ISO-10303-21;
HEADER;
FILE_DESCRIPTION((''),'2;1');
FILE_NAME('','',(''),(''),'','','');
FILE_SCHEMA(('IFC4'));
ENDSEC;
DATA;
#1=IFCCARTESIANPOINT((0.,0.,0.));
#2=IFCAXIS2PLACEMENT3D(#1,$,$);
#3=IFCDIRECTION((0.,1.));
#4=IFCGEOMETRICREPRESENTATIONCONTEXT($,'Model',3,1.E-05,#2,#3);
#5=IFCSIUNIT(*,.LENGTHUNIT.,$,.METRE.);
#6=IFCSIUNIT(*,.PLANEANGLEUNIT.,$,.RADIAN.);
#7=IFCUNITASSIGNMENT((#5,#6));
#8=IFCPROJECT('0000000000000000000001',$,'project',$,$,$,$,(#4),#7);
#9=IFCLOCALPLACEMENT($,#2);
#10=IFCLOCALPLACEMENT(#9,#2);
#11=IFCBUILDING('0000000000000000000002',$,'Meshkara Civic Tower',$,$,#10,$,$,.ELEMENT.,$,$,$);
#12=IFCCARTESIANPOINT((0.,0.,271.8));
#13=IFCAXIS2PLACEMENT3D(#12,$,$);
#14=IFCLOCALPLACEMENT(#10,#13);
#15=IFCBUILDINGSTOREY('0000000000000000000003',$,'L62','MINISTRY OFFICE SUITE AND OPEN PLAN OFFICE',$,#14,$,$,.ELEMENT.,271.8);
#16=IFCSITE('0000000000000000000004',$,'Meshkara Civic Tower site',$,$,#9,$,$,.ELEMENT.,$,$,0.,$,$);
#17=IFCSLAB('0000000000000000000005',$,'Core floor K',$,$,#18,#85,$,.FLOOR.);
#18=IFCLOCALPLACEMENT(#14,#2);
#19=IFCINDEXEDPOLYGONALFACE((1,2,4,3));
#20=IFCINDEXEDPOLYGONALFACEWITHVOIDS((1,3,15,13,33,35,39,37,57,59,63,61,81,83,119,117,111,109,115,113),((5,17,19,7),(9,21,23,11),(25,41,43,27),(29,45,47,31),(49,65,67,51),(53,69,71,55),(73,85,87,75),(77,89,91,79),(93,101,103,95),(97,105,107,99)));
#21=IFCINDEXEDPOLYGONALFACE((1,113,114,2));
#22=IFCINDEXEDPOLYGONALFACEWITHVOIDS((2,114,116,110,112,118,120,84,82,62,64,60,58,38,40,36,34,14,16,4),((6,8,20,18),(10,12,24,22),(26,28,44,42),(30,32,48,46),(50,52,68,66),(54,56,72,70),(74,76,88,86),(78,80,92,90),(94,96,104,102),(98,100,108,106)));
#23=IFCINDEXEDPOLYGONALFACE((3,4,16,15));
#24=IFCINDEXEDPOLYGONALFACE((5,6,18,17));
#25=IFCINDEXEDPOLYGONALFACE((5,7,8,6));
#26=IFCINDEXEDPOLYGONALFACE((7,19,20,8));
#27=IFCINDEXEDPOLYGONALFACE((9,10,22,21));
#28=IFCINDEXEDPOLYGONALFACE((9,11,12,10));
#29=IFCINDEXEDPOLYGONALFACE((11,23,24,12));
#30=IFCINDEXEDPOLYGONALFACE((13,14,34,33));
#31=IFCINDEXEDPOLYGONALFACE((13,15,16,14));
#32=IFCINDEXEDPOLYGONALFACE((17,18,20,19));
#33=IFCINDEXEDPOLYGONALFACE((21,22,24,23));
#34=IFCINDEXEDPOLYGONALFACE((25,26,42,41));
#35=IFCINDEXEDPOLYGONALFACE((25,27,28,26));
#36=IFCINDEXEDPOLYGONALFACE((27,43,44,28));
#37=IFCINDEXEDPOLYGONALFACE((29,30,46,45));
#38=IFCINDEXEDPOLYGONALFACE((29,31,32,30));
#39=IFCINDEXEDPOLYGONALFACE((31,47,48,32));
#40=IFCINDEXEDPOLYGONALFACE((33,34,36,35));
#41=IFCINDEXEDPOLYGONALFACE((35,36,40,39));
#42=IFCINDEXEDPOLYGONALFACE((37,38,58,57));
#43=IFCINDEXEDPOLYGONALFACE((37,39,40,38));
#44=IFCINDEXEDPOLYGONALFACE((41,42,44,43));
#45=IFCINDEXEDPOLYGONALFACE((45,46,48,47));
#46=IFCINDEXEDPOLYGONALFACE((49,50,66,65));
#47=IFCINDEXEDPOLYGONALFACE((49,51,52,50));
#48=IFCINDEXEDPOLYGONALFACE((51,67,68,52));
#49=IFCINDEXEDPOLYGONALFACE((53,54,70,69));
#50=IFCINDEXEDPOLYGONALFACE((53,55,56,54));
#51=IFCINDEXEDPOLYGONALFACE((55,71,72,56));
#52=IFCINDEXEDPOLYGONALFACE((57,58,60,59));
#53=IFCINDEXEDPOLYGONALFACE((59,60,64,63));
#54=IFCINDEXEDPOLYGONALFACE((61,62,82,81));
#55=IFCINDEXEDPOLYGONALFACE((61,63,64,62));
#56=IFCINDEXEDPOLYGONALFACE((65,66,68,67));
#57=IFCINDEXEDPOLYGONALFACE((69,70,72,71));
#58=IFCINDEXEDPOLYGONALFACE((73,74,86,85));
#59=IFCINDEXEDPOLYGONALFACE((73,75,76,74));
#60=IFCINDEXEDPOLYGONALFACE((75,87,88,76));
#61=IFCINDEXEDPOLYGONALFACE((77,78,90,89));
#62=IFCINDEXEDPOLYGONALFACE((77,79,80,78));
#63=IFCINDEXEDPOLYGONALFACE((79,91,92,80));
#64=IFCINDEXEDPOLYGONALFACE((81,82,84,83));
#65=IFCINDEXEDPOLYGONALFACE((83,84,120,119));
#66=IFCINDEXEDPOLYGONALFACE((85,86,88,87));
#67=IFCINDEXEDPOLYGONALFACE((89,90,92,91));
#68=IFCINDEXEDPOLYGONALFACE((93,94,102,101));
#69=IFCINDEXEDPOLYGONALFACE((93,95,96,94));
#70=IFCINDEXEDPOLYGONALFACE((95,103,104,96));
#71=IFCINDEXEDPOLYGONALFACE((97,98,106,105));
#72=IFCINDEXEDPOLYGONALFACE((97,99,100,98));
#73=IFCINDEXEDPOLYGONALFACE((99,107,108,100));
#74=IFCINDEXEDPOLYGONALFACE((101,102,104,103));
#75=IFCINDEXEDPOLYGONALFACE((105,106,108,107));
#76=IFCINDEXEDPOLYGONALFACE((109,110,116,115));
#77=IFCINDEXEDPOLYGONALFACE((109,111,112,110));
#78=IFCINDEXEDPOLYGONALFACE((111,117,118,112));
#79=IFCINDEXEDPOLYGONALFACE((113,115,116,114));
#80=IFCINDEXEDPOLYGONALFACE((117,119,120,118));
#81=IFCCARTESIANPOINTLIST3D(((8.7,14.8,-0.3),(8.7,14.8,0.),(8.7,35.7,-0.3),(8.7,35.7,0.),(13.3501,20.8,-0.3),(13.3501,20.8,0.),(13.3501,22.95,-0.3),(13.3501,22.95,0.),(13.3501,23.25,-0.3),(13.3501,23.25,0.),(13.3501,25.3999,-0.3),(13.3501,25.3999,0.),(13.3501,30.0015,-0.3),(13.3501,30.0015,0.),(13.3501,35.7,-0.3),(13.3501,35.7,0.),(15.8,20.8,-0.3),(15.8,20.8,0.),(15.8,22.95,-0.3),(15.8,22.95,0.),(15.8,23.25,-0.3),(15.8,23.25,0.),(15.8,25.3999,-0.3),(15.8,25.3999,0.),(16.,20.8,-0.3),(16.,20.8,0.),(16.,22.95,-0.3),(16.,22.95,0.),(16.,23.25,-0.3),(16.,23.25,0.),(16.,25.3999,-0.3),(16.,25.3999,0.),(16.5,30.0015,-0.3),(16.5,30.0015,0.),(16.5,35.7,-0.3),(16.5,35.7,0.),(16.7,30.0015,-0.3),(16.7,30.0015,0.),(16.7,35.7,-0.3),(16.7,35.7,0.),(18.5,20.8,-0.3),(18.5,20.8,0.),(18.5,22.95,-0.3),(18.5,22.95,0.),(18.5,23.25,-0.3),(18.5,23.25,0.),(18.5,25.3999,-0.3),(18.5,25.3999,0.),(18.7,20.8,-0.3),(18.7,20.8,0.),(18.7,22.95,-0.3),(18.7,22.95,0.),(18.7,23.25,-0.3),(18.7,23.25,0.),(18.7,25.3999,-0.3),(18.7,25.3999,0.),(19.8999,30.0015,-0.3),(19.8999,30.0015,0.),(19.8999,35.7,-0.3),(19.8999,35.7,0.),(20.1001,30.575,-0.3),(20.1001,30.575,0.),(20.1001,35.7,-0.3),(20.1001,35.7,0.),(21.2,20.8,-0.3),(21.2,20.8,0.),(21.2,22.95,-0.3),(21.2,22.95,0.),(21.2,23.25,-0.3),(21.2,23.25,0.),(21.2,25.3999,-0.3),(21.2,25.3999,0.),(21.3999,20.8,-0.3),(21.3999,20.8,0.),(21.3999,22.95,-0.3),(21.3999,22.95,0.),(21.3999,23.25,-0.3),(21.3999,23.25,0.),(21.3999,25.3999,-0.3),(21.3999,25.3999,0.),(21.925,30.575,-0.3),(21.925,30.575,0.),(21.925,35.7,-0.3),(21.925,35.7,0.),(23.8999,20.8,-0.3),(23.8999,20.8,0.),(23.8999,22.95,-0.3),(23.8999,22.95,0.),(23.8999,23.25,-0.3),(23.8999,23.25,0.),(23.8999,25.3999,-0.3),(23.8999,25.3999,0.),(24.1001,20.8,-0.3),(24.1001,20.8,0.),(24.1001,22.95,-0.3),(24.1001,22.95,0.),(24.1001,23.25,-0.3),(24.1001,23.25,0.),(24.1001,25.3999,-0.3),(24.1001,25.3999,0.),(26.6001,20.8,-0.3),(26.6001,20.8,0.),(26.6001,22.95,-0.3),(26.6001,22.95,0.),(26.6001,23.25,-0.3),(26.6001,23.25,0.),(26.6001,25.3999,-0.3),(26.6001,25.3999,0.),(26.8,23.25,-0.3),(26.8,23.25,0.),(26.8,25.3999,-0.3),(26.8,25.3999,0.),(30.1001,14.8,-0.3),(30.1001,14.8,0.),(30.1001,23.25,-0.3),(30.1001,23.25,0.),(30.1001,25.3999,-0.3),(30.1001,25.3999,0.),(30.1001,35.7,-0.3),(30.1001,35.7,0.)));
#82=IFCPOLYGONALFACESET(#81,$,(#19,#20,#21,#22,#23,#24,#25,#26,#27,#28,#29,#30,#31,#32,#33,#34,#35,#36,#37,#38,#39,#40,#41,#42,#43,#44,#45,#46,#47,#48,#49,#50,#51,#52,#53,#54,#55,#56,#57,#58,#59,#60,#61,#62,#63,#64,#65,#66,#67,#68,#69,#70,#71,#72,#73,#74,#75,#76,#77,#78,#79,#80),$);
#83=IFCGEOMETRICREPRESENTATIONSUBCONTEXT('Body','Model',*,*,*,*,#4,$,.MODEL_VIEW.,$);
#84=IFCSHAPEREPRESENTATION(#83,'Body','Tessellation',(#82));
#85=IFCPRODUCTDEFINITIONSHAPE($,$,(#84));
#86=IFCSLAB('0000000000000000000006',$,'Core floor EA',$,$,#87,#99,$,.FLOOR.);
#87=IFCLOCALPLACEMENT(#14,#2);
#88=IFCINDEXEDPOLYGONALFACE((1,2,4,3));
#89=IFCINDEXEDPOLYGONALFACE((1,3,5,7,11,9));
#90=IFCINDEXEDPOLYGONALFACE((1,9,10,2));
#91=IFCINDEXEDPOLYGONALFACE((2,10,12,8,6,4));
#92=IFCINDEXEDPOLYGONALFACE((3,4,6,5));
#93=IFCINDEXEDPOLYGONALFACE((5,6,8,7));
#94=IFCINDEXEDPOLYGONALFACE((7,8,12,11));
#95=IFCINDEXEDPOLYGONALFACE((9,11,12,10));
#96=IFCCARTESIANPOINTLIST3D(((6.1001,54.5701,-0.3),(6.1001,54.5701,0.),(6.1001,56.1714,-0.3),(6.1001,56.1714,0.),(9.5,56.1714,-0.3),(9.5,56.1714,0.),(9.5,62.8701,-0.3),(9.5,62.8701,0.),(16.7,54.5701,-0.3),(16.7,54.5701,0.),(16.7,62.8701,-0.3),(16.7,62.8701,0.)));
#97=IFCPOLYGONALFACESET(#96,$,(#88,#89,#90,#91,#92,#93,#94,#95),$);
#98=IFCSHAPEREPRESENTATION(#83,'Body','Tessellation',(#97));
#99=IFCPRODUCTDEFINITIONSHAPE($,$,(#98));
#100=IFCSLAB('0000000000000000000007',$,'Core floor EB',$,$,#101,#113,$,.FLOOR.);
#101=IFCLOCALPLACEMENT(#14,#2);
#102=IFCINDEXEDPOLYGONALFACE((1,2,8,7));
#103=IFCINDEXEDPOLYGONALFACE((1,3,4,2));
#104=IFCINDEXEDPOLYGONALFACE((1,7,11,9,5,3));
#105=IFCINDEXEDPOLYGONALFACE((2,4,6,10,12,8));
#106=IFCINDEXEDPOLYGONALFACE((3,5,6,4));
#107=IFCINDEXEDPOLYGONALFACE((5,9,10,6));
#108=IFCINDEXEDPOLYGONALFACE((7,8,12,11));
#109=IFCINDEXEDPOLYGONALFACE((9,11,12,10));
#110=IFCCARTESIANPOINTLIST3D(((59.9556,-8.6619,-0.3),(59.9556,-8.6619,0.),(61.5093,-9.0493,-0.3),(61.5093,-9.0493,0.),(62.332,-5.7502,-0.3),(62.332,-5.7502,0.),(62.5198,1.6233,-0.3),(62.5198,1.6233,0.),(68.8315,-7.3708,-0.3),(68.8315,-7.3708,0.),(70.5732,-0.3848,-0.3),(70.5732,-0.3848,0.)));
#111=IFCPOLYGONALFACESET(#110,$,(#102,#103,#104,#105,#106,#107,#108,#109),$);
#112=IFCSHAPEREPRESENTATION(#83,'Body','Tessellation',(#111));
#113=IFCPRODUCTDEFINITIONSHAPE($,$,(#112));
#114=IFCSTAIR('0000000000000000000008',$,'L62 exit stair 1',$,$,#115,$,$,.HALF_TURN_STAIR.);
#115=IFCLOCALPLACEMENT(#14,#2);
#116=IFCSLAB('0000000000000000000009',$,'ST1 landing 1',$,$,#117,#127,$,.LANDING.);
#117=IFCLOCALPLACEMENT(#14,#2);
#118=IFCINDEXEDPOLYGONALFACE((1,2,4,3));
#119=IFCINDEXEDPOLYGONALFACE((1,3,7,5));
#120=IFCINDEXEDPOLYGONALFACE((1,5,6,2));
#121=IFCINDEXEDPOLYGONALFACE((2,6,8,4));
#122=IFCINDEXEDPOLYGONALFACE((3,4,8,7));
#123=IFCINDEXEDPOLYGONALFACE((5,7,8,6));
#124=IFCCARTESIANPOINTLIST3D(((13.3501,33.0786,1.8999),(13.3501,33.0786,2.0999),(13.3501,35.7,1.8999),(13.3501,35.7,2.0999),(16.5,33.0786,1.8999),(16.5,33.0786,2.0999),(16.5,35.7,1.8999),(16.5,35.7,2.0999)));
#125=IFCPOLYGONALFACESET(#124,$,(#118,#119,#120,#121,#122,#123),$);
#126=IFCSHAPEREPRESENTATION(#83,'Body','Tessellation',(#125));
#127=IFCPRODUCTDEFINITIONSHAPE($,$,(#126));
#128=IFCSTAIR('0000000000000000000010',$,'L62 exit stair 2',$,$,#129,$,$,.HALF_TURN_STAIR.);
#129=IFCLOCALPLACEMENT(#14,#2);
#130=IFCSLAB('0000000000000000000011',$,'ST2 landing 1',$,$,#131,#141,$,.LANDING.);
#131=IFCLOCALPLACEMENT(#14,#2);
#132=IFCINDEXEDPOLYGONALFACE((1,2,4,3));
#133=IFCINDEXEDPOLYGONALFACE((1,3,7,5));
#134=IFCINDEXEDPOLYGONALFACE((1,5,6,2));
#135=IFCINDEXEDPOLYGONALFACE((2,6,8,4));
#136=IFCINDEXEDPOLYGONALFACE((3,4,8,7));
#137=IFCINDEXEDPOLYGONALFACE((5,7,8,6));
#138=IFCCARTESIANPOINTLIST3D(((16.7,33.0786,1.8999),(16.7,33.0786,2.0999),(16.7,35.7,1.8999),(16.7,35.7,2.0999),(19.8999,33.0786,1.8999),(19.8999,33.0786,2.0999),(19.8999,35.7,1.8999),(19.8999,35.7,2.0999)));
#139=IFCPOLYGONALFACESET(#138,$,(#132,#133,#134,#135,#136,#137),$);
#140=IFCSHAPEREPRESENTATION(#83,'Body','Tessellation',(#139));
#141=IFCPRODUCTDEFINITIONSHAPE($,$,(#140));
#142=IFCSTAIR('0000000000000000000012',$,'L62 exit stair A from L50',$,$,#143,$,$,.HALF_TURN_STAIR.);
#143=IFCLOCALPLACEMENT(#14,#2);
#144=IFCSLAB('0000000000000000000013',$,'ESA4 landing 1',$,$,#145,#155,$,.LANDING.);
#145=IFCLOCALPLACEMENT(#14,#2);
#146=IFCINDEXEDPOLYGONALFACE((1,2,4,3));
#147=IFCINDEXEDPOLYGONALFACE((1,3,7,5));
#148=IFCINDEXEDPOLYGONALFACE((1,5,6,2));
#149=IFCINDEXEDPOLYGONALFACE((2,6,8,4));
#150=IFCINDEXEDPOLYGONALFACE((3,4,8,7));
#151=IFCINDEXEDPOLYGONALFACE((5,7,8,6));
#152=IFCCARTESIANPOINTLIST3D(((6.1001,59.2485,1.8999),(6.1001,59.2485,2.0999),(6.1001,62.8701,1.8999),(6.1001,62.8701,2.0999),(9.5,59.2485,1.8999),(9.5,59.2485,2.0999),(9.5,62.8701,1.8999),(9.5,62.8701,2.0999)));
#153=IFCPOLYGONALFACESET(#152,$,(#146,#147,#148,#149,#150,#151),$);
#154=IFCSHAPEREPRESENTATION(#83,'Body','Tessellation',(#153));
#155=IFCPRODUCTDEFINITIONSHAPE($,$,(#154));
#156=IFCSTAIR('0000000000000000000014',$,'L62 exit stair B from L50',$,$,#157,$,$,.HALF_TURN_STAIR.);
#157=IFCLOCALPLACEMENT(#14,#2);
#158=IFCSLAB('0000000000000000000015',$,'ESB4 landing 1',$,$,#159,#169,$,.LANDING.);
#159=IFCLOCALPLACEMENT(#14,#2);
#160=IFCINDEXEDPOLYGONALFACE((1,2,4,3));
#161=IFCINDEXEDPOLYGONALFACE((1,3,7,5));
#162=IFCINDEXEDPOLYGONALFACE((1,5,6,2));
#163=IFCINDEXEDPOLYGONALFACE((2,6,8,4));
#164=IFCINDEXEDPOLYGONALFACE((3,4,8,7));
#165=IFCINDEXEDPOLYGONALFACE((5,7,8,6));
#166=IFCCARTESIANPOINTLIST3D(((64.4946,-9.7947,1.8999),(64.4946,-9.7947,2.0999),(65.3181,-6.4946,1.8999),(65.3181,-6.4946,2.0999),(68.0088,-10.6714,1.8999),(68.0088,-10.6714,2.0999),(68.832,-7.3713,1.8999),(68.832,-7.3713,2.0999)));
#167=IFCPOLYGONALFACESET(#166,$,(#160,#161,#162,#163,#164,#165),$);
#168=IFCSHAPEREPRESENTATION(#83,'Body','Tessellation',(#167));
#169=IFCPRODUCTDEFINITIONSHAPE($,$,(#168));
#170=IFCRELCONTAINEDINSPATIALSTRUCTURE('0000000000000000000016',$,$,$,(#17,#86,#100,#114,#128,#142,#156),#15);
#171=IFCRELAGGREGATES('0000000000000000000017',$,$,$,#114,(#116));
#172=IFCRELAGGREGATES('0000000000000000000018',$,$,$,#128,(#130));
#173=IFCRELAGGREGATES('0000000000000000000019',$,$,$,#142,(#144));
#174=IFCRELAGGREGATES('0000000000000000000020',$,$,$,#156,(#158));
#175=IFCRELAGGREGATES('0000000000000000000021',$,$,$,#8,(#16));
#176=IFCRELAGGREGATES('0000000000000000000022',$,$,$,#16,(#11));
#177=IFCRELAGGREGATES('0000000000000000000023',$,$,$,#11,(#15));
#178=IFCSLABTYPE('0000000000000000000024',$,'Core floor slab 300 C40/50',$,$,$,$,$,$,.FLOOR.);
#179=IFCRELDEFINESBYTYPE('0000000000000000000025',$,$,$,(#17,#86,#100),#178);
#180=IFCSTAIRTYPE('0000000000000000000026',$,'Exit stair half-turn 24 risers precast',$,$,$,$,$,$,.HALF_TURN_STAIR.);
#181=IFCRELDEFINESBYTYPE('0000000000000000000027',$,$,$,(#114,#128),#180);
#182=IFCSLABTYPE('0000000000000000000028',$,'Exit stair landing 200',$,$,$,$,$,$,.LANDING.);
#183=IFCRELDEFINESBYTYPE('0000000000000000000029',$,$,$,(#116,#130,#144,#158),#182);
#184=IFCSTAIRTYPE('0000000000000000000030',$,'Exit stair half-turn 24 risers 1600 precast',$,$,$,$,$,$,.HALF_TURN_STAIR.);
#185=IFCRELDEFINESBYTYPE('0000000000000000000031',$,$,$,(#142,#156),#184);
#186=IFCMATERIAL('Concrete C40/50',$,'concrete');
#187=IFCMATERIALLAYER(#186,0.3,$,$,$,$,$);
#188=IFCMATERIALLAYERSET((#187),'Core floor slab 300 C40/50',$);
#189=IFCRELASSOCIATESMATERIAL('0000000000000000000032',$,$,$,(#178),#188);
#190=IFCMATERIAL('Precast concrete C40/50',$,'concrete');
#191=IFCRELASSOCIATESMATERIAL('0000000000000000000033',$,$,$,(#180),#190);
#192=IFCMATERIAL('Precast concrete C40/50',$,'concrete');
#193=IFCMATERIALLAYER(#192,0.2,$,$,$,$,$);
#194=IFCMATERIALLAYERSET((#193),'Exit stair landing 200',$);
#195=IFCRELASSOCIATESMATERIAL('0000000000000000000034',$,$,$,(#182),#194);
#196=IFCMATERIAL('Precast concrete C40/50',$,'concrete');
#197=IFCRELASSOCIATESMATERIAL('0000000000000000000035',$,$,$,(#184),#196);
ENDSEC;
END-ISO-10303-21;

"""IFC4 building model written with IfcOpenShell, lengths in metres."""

from ifc_helpers import new_model, si_unit, direction, frame, origin, place, context, subcontext, project, spatial, polyline, outline, extrude, material, layer, layer_set, type_object, element, aggregate, save


model = new_model("IFC4")

# Units and contexts
model_context = context("Model", 3, precision=1e-05, world=origin(), true_north=direction((0.0, 1.0)))
body_context = subcontext(model_context, "Body", "Model", "MODEL_VIEW")
ifc_project = project(units=[si_unit("LENGTHUNIT", "METRE"), si_unit("PLANEANGLEUNIT", "RADIAN")], contexts=[model_context])

# Site, building, storey
site_placement = place(None, origin())
site = spatial("IfcSite", under=ifc_project, at=site_placement, Name="Meshkara Civic Tower site", CompositionType="ELEMENT", RefElevation=0.0)
building_placement = place(site_placement, origin())
building = spatial("IfcBuilding", under=site, at=building_placement, Name="Meshkara Civic Tower", CompositionType="ELEMENT")
storey_placement = place(building_placement, frame((0.0, 0.0, 271.8)))
storey = spatial("IfcBuildingStorey", under=building, at=storey_placement, Name="L62", Description="MINISTRY OFFICE SUITE AND OPEN PLAN OFFICE", CompositionType="ELEMENT", Elevation=271.8)

# Slabs
ifc_material_1 = material(Name="Concrete C40/50", Category="concrete")
ifc_layer_1 = layer(ifc_material_1, 0.3)
ifc_layer_set_1 = layer_set([ifc_layer_1], Name="Core floor slab 300 C40/50")
slab_type_1 = type_object("IfcSlabType", Name="Core floor slab 300 C40/50", PredefinedType="FLOOR", material=ifc_layer_set_1)
slab_1_placement = place(storey_placement, frame((0.0, 0.0, -0.3)))
element("IfcSlab", 1, at=slab_1_placement, inside=storey, type_object=slab_type_1, Name="Core floor K", PredefinedType="FLOOR", context=body_context, shape_type="SweptSolid", body=[
    extrude(outline(polyline([(8.7, 35.7), (13.3501, 35.7), (13.3501, 30.0015), (16.5, 30.0015), (16.5, 35.7), (16.7, 35.7), (16.7, 30.0015), (19.8999, 30.0015), (19.8999, 35.7), (20.1001, 35.7), (20.1001, 30.575), (21.925, 30.575), (21.925, 35.7), (30.1001, 35.7), (30.1001, 25.3999), (26.8, 25.3999), (26.8, 23.25), (30.1001, 23.25), (30.1001, 14.8), (8.7, 14.8), (8.7, 35.7)]), holes=[polyline([(15.8, 22.95), (13.3501, 22.95), (13.3501, 20.8), (15.8, 20.8), (15.8, 22.95)]), polyline([(16.0, 22.95), (16.0, 20.8), (18.5, 20.8), (18.5, 22.95), (16.0, 22.95)]), polyline([(18.7, 22.95), (18.7, 20.8), (21.2, 20.8), (21.2, 22.95), (18.7, 22.95)]), polyline([(15.8, 23.25), (15.8, 25.3999), (13.3501, 25.3999), (13.3501, 23.25), (15.8, 23.25)]), polyline([(16.0, 25.3999), (16.0, 23.25), (18.5, 23.25), (18.5, 25.3999), (16.0, 25.3999)]), polyline([(23.8999, 20.8), (23.8999, 22.95), (21.3999, 22.95), (21.3999, 20.8), (23.8999, 20.8)]), polyline([(24.1001, 20.8), (26.6001, 20.8), (26.6001, 22.95), (24.1001, 22.95), (24.1001, 20.8)]), polyline([(18.7, 25.3999), (18.7, 23.25), (21.2, 23.25), (21.2, 25.3999), (18.7, 25.3999)]), polyline([(21.3999, 23.25), (23.8999, 23.25), (23.8999, 25.3999), (21.3999, 25.3999), (21.3999, 23.25)]), polyline([(26.6001, 23.25), (26.6001, 25.3999), (24.1001, 25.3999), (24.1001, 23.25), (26.6001, 23.25)])]), origin(), (0.0, 0.0, 1.0), 0.3),
])
slab_2_placement = place(storey_placement, frame((0.0, 0.0, -0.3)))
element("IfcSlab", 2, at=slab_2_placement, inside=storey, type_object=slab_type_1, Name="Core floor EA", PredefinedType="FLOOR", context=body_context, shape_type="SweptSolid", body=[
    extrude(outline(polyline([(16.7, 54.5701), (16.7, 62.8701), (9.5, 62.8701), (9.5, 56.1714), (6.1001, 56.1714), (6.1001, 54.5701), (16.7, 54.5701)])), origin(), (0.0, 0.0, 1.0), 0.3),
])
slab_3_placement = place(storey_placement, frame((0.0, 0.0, -0.3)))
element("IfcSlab", 3, at=slab_3_placement, inside=storey, type_object=slab_type_1, Name="Core floor EB", PredefinedType="FLOOR", context=body_context, shape_type="SweptSolid", body=[
    extrude(outline(polyline([(62.5198, 1.6233), (70.5732, -0.3848), (68.8315, -7.3708), (62.332, -5.7502), (61.5093, -9.0493), (59.9556, -8.6619), (62.5198, 1.6233)])), origin(), (0.0, 0.0, 1.0), 0.3),
])

# Stairs, slabs
ifc_material_2 = material(Name="Precast concrete C40/50", Category="concrete")
stair_type_1 = type_object("IfcStairType", Name="Exit stair half-turn 24 risers precast", PredefinedType="HALF_TURN_STAIR", material=ifc_material_2)
stair_1_placement = place(storey_placement, origin())
stair_1 = element("IfcStair", 4, at=stair_1_placement, inside=storey, type_object=stair_type_1, Name="L62 exit stair 1", PredefinedType="HALF_TURN_STAIR")
ifc_material_3 = material(Name="Precast concrete C40/50", Category="concrete")
ifc_layer_2 = layer(ifc_material_3, 0.2)
ifc_layer_set_2 = layer_set([ifc_layer_2], Name="Exit stair landing 200")
slab_type_2 = type_object("IfcSlabType", Name="Exit stair landing 200", PredefinedType="LANDING", material=ifc_layer_set_2)
slab_4_placement = place(storey_placement, frame((0.0, 0.0, 1.8999)))
slab_4 = element("IfcSlab", 5, at=slab_4_placement, type_object=slab_type_2, Name="ST1 landing 1", PredefinedType="LANDING", context=body_context, shape_type="SweptSolid", body=[
    extrude(outline(polyline([(16.5, 33.0786), (16.5, 35.7), (13.3501, 35.7), (13.3501, 33.0786), (16.5, 33.0786)])), origin(), (0.0, 0.0, 1.0), 0.2),
])
aggregate(stair_1, [slab_4])
stair_2_placement = place(storey_placement, origin())
stair_2 = element("IfcStair", 6, at=stair_2_placement, inside=storey, type_object=stair_type_1, Name="L62 exit stair 2", PredefinedType="HALF_TURN_STAIR")
slab_5_placement = place(storey_placement, frame((0.0, 0.0, 1.8999)))
slab_5 = element("IfcSlab", 7, at=slab_5_placement, type_object=slab_type_2, Name="ST2 landing 1", PredefinedType="LANDING", context=body_context, shape_type="SweptSolid", body=[
    extrude(outline(polyline([(19.8999, 33.0786), (19.8999, 35.7), (16.7, 35.7), (16.7, 33.0786), (19.8999, 33.0786)])), origin(), (0.0, 0.0, 1.0), 0.2),
])
aggregate(stair_2, [slab_5])
ifc_material_4 = material(Name="Precast concrete C40/50", Category="concrete")
stair_type_2 = type_object("IfcStairType", Name="Exit stair half-turn 24 risers 1600 precast", PredefinedType="HALF_TURN_STAIR", material=ifc_material_4)
stair_3_placement = place(storey_placement, origin())
stair_3 = element("IfcStair", 8, at=stair_3_placement, inside=storey, type_object=stair_type_2, Name="L62 exit stair A from L50", PredefinedType="HALF_TURN_STAIR")
slab_6_placement = place(storey_placement, frame((0.0, 0.0, 1.8999)))
slab_6 = element("IfcSlab", 9, at=slab_6_placement, type_object=slab_type_2, Name="ESA4 landing 1", PredefinedType="LANDING", context=body_context, shape_type="SweptSolid", body=[
    extrude(outline(polyline([(9.5, 59.2485), (9.5, 62.8701), (6.1001, 62.8701), (6.1001, 59.2485), (9.5, 59.2485)])), origin(), (0.0, 0.0, 1.0), 0.2),
])
aggregate(stair_3, [slab_6])
stair_4_placement = place(storey_placement, origin())
stair_4 = element("IfcStair", 10, at=stair_4_placement, inside=storey, type_object=stair_type_2, Name="L62 exit stair B from L50", PredefinedType="HALF_TURN_STAIR")
slab_7_placement = place(storey_placement, frame((0.0, 0.0, 1.8999)))
slab_7 = element("IfcSlab", 11, at=slab_7_placement, type_object=slab_type_2, Name="ESB4 landing 1", PredefinedType="LANDING", context=body_context, shape_type="SweptSolid", body=[
    extrude(outline(polyline([(64.4946, -9.7947), (68.0088, -10.6714), (68.832, -7.3713), (65.3181, -6.4946), (64.4946, -9.7947)])), origin(), (0.0, 0.0, 1.0), 0.2),
])
aggregate(stair_4, [slab_7])

save(model, "model.ifc")
